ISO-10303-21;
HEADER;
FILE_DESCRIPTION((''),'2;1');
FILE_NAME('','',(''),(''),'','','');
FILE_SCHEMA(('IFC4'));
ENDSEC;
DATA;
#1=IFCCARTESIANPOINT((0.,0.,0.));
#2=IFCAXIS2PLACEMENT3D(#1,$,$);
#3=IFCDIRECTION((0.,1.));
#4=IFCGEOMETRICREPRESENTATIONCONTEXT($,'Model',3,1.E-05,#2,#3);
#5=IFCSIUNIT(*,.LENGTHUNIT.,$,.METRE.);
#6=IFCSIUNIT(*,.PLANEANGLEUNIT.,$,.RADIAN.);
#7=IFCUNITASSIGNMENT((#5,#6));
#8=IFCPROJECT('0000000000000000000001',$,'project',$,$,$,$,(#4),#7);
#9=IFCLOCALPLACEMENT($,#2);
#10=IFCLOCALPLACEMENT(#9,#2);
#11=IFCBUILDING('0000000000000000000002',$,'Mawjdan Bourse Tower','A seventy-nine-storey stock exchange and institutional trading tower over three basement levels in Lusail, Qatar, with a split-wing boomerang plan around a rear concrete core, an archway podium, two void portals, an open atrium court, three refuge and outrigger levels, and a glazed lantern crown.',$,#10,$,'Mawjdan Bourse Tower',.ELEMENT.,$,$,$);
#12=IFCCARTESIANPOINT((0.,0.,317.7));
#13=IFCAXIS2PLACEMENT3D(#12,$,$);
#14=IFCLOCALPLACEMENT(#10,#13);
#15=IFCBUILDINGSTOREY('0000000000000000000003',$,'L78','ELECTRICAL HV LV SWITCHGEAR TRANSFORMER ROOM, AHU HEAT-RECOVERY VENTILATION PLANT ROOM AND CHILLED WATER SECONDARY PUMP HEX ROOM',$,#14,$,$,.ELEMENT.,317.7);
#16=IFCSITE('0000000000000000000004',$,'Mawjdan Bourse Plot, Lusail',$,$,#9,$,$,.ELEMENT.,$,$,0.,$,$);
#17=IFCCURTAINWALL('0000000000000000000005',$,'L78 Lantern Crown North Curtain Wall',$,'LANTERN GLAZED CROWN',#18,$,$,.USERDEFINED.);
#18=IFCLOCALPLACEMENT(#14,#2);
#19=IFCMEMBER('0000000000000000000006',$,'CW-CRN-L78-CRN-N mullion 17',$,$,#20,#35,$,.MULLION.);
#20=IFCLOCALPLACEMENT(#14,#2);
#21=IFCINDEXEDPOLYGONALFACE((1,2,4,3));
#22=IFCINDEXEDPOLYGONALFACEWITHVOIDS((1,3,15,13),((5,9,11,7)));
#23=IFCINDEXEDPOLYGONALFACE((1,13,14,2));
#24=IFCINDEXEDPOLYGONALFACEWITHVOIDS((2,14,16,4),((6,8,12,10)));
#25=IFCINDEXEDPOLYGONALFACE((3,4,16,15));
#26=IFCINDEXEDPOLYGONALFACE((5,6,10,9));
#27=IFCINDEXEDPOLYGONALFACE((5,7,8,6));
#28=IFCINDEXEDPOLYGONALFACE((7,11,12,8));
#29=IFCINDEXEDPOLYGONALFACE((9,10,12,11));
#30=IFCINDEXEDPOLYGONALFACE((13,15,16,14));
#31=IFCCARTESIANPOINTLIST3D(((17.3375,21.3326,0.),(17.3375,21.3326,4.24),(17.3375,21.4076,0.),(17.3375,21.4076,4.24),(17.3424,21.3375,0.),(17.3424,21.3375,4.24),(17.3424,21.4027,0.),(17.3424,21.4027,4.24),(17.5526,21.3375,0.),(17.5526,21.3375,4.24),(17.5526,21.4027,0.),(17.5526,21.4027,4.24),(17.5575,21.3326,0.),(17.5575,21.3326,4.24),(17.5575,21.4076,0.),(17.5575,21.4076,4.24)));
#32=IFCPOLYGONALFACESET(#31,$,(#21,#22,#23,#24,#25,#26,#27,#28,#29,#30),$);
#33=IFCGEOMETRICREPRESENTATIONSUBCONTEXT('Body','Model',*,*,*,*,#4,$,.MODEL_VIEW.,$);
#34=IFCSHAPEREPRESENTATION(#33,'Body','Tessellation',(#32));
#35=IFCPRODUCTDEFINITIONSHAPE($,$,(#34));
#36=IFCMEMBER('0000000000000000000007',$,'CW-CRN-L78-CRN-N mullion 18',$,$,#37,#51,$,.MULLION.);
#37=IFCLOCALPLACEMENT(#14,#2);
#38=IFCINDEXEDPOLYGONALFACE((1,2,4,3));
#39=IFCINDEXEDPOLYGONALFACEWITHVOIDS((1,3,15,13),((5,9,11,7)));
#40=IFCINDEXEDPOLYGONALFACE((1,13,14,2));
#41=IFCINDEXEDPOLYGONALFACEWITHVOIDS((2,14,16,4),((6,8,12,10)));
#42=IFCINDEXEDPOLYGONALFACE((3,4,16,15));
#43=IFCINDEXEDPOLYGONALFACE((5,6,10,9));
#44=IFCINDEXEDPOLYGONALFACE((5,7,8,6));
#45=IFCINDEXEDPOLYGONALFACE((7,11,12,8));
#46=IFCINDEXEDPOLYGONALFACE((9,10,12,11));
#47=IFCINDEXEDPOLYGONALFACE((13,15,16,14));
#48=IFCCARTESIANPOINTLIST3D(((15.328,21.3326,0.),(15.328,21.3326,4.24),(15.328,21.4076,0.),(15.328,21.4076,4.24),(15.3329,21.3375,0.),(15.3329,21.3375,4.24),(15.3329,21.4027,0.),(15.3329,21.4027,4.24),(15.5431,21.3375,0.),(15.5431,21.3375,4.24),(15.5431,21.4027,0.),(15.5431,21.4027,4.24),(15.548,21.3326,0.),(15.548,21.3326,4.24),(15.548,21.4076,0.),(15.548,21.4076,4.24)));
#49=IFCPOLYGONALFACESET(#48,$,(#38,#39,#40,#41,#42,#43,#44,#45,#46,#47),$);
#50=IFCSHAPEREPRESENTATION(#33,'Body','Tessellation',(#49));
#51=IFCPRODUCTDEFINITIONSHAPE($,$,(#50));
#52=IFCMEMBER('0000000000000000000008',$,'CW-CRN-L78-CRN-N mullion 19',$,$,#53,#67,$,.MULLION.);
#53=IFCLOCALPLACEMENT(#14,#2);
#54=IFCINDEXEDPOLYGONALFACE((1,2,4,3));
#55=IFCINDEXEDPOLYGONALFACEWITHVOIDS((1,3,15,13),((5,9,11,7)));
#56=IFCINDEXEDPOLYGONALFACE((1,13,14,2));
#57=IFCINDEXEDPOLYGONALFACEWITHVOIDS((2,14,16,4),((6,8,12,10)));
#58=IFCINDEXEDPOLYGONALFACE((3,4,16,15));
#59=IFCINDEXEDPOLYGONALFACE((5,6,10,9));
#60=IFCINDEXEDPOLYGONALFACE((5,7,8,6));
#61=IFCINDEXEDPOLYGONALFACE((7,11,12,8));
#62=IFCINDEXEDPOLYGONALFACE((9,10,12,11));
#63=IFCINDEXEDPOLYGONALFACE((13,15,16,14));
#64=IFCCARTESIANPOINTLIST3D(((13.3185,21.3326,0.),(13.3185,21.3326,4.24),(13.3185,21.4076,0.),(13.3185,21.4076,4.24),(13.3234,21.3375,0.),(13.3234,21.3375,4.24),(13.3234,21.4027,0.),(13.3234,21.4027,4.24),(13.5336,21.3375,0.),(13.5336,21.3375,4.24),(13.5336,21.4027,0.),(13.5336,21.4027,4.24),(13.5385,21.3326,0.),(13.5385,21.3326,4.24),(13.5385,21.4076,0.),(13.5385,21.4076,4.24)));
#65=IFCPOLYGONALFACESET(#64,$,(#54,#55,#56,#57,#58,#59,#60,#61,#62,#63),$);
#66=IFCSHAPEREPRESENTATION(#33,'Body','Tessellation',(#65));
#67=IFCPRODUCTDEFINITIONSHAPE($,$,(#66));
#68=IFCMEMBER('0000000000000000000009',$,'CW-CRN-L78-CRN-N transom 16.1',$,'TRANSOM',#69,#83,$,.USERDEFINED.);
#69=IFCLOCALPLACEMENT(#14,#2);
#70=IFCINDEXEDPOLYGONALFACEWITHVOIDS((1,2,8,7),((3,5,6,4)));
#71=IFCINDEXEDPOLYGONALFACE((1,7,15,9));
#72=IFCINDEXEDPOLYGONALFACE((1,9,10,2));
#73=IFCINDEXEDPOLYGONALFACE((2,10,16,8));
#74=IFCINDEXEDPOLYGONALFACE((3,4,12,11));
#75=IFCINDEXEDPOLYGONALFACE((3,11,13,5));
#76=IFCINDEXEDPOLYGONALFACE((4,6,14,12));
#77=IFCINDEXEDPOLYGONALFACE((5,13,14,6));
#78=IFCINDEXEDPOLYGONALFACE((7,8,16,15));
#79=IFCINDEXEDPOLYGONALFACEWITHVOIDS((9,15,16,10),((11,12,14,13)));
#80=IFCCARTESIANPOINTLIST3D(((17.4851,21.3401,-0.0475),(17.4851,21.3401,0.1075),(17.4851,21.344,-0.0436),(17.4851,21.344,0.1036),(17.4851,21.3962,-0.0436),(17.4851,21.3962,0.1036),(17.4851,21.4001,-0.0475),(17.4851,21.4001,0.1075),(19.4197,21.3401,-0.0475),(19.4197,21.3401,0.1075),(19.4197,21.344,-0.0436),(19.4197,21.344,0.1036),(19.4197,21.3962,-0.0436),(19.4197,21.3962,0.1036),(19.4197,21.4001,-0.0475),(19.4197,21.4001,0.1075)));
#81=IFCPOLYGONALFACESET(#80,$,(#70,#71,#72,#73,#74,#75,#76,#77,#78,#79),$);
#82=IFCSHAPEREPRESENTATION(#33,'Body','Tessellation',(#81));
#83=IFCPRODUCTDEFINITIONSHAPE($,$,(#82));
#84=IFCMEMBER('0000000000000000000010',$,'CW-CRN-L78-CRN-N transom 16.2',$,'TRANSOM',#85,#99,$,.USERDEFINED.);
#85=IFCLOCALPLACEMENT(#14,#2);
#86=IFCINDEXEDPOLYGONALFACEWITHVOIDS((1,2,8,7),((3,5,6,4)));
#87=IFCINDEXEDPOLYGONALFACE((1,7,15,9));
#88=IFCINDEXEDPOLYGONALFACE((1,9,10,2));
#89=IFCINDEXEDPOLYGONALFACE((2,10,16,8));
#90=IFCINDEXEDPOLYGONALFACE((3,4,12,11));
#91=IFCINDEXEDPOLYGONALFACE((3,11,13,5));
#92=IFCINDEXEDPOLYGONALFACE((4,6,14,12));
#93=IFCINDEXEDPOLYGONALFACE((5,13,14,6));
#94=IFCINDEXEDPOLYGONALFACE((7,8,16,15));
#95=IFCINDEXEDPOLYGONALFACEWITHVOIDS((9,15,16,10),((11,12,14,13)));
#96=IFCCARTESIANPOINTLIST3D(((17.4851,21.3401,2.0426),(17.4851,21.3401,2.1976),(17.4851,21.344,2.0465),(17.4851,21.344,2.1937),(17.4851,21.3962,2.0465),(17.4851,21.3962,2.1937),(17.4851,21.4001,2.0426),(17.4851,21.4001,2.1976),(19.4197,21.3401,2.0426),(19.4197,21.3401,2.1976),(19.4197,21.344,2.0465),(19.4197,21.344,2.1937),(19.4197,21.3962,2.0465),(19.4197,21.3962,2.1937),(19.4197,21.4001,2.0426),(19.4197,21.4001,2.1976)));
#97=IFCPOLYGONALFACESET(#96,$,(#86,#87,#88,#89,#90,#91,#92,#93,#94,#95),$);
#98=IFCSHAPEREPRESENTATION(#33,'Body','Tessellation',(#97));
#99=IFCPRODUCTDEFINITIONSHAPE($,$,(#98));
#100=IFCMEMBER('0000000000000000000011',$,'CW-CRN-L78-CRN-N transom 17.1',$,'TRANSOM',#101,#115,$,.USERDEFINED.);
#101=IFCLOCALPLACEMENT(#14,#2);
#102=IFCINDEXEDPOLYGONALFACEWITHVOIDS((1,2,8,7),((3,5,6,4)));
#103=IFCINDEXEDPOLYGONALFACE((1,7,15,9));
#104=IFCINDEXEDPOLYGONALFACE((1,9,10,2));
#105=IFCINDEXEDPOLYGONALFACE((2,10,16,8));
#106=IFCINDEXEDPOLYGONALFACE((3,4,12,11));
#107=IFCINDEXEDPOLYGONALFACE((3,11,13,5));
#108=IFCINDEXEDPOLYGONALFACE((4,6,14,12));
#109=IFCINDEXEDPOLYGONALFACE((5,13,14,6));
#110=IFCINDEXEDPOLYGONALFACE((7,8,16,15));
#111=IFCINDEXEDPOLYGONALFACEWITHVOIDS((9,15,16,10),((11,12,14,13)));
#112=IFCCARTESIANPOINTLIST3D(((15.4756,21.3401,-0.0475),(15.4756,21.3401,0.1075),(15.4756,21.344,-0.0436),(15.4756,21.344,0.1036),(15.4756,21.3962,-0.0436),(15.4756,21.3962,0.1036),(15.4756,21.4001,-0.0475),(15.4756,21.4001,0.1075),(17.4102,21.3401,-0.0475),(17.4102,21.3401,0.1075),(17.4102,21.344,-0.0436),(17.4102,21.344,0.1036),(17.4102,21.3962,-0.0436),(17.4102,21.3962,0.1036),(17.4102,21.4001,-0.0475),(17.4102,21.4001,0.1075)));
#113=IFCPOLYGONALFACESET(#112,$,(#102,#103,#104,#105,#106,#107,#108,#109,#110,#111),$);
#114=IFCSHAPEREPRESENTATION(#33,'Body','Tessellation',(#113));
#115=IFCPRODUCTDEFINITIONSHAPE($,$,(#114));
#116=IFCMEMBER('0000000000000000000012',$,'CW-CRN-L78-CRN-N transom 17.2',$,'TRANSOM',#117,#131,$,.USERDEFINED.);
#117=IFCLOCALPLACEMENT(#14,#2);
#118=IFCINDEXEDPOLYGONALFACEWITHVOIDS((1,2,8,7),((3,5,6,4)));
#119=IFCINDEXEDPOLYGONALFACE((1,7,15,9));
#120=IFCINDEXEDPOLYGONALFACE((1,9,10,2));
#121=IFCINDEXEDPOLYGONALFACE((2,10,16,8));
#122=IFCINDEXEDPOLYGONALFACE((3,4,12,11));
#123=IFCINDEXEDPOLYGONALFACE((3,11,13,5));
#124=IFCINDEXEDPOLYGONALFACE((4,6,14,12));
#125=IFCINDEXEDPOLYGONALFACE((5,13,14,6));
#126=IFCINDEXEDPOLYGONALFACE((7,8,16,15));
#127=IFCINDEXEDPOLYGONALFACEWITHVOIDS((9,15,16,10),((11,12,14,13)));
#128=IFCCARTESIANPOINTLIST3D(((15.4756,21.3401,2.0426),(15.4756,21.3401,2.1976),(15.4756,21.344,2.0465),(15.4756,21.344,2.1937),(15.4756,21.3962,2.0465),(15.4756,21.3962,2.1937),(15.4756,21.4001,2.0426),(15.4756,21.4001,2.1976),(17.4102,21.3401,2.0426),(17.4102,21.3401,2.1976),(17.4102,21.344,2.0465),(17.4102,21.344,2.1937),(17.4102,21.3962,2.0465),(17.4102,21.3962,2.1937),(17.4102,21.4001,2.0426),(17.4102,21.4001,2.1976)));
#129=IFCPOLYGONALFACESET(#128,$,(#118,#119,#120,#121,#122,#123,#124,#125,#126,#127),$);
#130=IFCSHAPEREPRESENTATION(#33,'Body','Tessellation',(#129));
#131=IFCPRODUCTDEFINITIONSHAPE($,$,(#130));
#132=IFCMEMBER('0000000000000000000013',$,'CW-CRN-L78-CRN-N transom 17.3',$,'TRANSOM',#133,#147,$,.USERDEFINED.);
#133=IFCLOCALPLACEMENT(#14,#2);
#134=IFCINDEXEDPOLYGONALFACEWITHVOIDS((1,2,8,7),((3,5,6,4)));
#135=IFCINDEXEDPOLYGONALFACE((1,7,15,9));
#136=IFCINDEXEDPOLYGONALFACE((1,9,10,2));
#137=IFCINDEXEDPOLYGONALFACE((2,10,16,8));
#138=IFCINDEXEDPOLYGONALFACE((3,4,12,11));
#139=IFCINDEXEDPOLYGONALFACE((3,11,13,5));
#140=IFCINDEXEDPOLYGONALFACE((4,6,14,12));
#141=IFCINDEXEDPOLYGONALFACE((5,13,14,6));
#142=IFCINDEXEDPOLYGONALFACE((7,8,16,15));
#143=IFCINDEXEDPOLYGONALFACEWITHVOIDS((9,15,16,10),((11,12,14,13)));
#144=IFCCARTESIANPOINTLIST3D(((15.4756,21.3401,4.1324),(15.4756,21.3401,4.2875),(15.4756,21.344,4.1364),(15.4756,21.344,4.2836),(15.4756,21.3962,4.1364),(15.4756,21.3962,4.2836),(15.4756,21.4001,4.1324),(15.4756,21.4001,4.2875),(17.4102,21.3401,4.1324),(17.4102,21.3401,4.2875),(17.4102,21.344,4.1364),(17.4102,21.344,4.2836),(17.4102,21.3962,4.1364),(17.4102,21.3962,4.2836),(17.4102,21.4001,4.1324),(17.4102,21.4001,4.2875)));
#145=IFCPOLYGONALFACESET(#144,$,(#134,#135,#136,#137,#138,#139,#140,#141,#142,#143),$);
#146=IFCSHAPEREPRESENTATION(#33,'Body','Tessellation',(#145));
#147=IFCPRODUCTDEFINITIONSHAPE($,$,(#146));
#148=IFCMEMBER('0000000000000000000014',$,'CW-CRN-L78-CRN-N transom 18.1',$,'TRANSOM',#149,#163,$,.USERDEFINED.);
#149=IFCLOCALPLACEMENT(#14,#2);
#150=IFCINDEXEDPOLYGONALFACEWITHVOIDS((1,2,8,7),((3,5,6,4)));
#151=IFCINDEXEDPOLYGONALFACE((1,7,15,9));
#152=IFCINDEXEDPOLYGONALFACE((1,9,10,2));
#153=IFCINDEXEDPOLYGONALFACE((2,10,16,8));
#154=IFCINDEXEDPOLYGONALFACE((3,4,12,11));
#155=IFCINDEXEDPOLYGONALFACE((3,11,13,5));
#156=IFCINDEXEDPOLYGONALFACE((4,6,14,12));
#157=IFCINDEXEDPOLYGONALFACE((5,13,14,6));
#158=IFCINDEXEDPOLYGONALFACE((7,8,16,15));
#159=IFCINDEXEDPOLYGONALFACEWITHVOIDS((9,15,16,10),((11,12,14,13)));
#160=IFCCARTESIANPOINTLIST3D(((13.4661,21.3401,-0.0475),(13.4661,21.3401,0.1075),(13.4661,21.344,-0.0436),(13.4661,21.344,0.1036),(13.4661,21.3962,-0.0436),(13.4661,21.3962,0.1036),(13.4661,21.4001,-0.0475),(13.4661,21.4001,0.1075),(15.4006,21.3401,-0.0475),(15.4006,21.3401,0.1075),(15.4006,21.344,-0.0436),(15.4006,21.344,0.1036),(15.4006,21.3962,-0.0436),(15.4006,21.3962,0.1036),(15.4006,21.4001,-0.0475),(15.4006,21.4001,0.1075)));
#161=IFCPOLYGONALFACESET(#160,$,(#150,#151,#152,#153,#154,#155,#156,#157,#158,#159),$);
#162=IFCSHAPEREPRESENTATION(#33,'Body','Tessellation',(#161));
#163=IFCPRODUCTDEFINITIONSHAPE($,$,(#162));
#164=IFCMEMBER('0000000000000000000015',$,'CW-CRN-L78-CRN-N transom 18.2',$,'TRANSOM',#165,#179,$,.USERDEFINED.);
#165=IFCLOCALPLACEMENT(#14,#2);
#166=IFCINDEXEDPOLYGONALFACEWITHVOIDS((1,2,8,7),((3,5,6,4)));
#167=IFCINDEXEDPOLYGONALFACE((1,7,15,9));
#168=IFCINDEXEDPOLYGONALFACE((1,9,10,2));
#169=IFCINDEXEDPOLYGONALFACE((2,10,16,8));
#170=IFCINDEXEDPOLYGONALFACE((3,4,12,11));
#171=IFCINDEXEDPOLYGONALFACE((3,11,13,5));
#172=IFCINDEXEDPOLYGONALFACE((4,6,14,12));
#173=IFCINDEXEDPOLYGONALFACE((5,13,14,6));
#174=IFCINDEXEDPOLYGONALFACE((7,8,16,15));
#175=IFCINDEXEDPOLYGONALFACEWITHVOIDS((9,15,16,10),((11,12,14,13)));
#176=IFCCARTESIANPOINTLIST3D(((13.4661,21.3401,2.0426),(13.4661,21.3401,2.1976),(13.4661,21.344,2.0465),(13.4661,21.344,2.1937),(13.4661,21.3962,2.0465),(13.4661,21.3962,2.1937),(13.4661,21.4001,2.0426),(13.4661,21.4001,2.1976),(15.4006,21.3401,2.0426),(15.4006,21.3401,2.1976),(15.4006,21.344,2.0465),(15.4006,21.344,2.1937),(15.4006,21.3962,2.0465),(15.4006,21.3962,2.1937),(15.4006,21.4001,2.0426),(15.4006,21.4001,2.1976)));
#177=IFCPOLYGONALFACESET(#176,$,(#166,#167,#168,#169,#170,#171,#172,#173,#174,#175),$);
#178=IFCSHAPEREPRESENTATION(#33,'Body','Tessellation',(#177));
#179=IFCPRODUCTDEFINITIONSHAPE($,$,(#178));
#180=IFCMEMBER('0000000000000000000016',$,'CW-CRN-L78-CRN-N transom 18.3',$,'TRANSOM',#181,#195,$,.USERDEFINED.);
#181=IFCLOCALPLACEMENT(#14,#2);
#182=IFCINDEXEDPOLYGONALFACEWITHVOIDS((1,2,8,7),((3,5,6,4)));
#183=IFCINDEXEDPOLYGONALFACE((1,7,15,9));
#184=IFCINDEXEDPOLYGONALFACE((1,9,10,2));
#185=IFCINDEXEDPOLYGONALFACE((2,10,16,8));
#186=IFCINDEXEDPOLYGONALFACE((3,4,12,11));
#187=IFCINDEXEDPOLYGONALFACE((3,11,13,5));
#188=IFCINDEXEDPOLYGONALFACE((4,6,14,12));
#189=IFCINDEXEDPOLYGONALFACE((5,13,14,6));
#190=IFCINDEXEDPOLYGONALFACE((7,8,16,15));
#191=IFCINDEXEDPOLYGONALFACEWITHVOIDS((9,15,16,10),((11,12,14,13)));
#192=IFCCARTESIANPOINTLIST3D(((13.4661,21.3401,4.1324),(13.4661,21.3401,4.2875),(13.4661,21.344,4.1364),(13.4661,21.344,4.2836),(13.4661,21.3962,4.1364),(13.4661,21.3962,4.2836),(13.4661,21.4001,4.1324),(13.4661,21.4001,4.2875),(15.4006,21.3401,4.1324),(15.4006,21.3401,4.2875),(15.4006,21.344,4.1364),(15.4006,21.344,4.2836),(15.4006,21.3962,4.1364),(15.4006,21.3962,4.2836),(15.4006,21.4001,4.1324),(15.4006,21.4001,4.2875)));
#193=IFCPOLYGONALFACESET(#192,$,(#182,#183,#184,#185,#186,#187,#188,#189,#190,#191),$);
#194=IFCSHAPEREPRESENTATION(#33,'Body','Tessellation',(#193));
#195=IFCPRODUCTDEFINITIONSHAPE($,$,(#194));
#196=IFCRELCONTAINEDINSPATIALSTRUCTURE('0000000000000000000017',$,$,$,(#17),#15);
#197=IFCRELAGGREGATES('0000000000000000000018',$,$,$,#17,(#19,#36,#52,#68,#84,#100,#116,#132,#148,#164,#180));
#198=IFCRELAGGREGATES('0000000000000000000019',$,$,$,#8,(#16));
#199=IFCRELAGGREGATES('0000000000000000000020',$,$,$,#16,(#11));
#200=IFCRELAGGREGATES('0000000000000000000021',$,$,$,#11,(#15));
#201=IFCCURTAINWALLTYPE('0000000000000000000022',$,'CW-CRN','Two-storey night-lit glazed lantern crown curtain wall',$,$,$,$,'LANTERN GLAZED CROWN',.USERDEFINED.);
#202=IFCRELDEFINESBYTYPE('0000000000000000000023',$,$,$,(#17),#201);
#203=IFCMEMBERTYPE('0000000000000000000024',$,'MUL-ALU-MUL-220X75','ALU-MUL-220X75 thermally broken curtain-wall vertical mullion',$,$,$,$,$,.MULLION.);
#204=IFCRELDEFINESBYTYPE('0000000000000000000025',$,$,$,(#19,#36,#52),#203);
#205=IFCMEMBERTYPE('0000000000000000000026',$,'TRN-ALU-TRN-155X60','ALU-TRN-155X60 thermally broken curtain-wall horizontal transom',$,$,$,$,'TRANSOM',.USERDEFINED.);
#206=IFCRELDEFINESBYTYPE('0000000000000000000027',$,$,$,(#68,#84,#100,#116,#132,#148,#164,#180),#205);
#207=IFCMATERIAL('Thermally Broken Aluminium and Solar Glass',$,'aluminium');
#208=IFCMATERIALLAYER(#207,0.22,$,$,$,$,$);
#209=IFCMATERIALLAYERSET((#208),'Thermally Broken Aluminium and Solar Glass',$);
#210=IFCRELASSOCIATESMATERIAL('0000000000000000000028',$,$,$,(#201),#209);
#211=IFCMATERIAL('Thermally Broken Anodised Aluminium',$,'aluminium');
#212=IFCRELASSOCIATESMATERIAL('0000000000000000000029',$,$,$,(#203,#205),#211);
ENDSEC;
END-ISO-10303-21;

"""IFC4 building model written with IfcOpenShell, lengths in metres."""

from ifc_helpers import new_model, si_unit, direction, frame, origin, origin_2d, place, context, subcontext, project, spatial, hollow_rectangle, extrude, material, layer, layer_set, material_profile, profile_set, type_object, element, aggregate, save


model = new_model("IFC4")

# Units and contexts
model_context = context("Model", 3, precision=1e-05, world=origin(), true_north=direction((0.0, 1.0)))
body_context = subcontext(model_context, "Body", "Model", "MODEL_VIEW")
ifc_project = project(units=[si_unit("LENGTHUNIT", "METRE"), si_unit("PLANEANGLEUNIT", "RADIAN")], contexts=[model_context])

# Site, building, storey
site_placement = place(None, origin())
site = spatial("IfcSite", under=ifc_project, at=site_placement, Name="Mawjdan Bourse Plot, Lusail", CompositionType="ELEMENT", RefElevation=0.0)
building_placement = place(site_placement, origin())
building = spatial("IfcBuilding", under=site, at=building_placement, Name="Mawjdan Bourse Tower", Description="A seventy-nine-storey stock exchange and institutional trading tower over three basement levels in Lusail, Qatar, with a split-wing boomerang plan around a rear concrete core, an archway podium, two void portals, an open atrium court, three refuge and outrigger levels, and a glazed lantern crown.", LongName="Mawjdan Bourse Tower", CompositionType="ELEMENT")
storey_placement = place(building_placement, frame((0.0, 0.0, 317.7)))
storey = spatial("IfcBuildingStorey", under=building, at=storey_placement, Name="L78", Description="ELECTRICAL HV LV SWITCHGEAR TRANSFORMER ROOM, AHU HEAT-RECOVERY VENTILATION PLANT ROOM AND CHILLED WATER SECONDARY PUMP HEX ROOM", CompositionType="ELEMENT", Elevation=317.7)

# Curtain wall, members
ifc_material_1 = material(Name="Thermally Broken Aluminium and Solar Glass", Category="aluminium")
ifc_layer_1 = layer(ifc_material_1, 0.22)
ifc_layer_set_1 = layer_set([ifc_layer_1], Name="Thermally Broken Aluminium and Solar Glass")
curtain_wall_type = type_object("IfcCurtainWallType", Name="CW-CRN", Description="Two-storey night-lit glazed lantern crown curtain wall", ElementType="LANTERN GLAZED CROWN", PredefinedType="USERDEFINED", material=ifc_layer_set_1)
curtain_wall_placement = place(storey_placement, origin())
curtain_wall = element("IfcCurtainWall", 1, at=curtain_wall_placement, inside=storey, type_object=curtain_wall_type, Name="L78 Lantern Crown North Curtain Wall", ObjectType="LANTERN GLAZED CROWN", PredefinedType="USERDEFINED")
ifc_material_2 = material(Name="Thermally Broken Anodised Aluminium", Category="aluminium")
ifc_material_profile_1 = material_profile(ifc_material_2, hollow_rectangle(XDim=0.075, YDim=0.22, WallThickness=0.0049, at=origin_2d()), Name="ALU-MUL-220X75")
ifc_profile_set_1 = profile_set([ifc_material_profile_1], Name="Thermally Broken Anodised Aluminium")
member_type_1 = type_object("IfcMemberType", Name="MUL-ALU-MUL-220X75", Description="ALU-MUL-220X75 thermally broken curtain-wall vertical mullion", PredefinedType="MULLION", material=ifc_profile_set_1)
member_1_placement = place(storey_placement, frame((17.4475, 21.3701, 0.0), z_axis=(0.0, 0.0, 1.0), x_axis=(0.0, -1.0, 0.0)))
member_1 = element("IfcMember", 2, at=member_1_placement, type_object=member_type_1, Name="CW-CRN-L78-CRN-N mullion 17", PredefinedType="MULLION", context=body_context, shape_type="SweptSolid", body=[
    extrude(hollow_rectangle(XDim=0.075, YDim=0.22, WallThickness=0.0049, at=origin_2d()), origin(), (0.0, 0.0, 1.0), 4.24),
])
member_2_placement = place(storey_placement, frame((15.438, 21.3701, 0.0), z_axis=(0.0, 0.0, 1.0), x_axis=(0.0, -1.0, 0.0)))
member_2 = element("IfcMember", 3, at=member_2_placement, type_object=member_type_1, Name="CW-CRN-L78-CRN-N mullion 18", PredefinedType="MULLION", context=body_context, shape_type="SweptSolid", body=[
    extrude(hollow_rectangle(XDim=0.075, YDim=0.22, WallThickness=0.0049, at=origin_2d()), origin(), (0.0, 0.0, 1.0), 4.24),
])
member_3_placement = place(storey_placement, frame((13.4285, 21.3701, 0.0), z_axis=(0.0, 0.0, 1.0), x_axis=(0.0, -1.0, 0.0)))
member_3 = element("IfcMember", 4, at=member_3_placement, type_object=member_type_1, Name="CW-CRN-L78-CRN-N mullion 19", PredefinedType="MULLION", context=body_context, shape_type="SweptSolid", body=[
    extrude(hollow_rectangle(XDim=0.075, YDim=0.22, WallThickness=0.0049, at=origin_2d()), origin(), (0.0, 0.0, 1.0), 4.24),
])
ifc_material_profile_2 = material_profile(ifc_material_2, hollow_rectangle(XDim=0.0601, YDim=0.155, WallThickness=0.0039, at=origin_2d()), Name="ALU-TRN-155X60")
ifc_profile_set_2 = profile_set([ifc_material_profile_2], Name="Thermally Broken Anodised Aluminium")
member_type_2 = type_object("IfcMemberType", Name="TRN-ALU-TRN-155X60", Description="ALU-TRN-155X60 thermally broken curtain-wall horizontal transom", ElementType="TRANSOM", PredefinedType="USERDEFINED", material=ifc_profile_set_2)
member_4_placement = place(storey_placement, frame((19.4197, 21.3701, 0.03), z_axis=(-1.0, 0.0, 0.0), x_axis=(0.0, -1.0, 0.0)))
member_4 = element("IfcMember", 5, at=member_4_placement, type_object=member_type_2, Name="CW-CRN-L78-CRN-N transom 16.1", ObjectType="TRANSOM", PredefinedType="USERDEFINED", context=body_context, shape_type="SweptSolid", body=[
    extrude(hollow_rectangle(XDim=0.0601, YDim=0.155, WallThickness=0.0039, at=origin_2d()), origin(), (0.0, 0.0, 1.0), 1.9346),
])
member_5_placement = place(storey_placement, frame((19.4197, 21.3701, 2.1201), z_axis=(-1.0, 0.0, 0.0), x_axis=(0.0, -1.0, 0.0)))
member_5 = element("IfcMember", 6, at=member_5_placement, type_object=member_type_2, Name="CW-CRN-L78-CRN-N transom 16.2", ObjectType="TRANSOM", PredefinedType="USERDEFINED", context=body_context, shape_type="SweptSolid", body=[
    extrude(hollow_rectangle(XDim=0.0601, YDim=0.155, WallThickness=0.0039, at=origin_2d()), origin(), (0.0, 0.0, 1.0), 1.9346),
])
member_6_placement = place(storey_placement, frame((17.4102, 21.3701, 0.03), z_axis=(-1.0, 0.0, 0.0), x_axis=(0.0, -1.0, 0.0)))
member_6 = element("IfcMember", 7, at=member_6_placement, type_object=member_type_2, Name="CW-CRN-L78-CRN-N transom 17.1", ObjectType="TRANSOM", PredefinedType="USERDEFINED", context=body_context, shape_type="SweptSolid", body=[
    extrude(hollow_rectangle(XDim=0.0601, YDim=0.155, WallThickness=0.0039, at=origin_2d()), origin(), (0.0, 0.0, 1.0), 1.9346),
])
member_7_placement = place(storey_placement, frame((17.4102, 21.3701, 2.1201), z_axis=(-1.0, 0.0, 0.0), x_axis=(0.0, -1.0, 0.0)))
member_7 = element("IfcMember", 8, at=member_7_placement, type_object=member_type_2, Name="CW-CRN-L78-CRN-N transom 17.2", ObjectType="TRANSOM", PredefinedType="USERDEFINED", context=body_context, shape_type="SweptSolid", body=[
    extrude(hollow_rectangle(XDim=0.0601, YDim=0.155, WallThickness=0.0039, at=origin_2d()), origin(), (0.0, 0.0, 1.0), 1.9346),
])
member_8_placement = place(storey_placement, frame((17.4102, 21.3701, 4.21), z_axis=(-1.0, 0.0, 0.0), x_axis=(0.0, -1.0, 0.0)))
member_8 = element("IfcMember", 9, at=member_8_placement, type_object=member_type_2, Name="CW-CRN-L78-CRN-N transom 17.3", ObjectType="TRANSOM", PredefinedType="USERDEFINED", context=body_context, shape_type="SweptSolid", body=[
    extrude(hollow_rectangle(XDim=0.0601, YDim=0.155, WallThickness=0.0039, at=origin_2d()), origin(), (0.0, 0.0, 1.0), 1.9346),
])
member_9_placement = place(storey_placement, frame((15.4006, 21.3701, 0.03), z_axis=(-1.0, 0.0, 0.0), x_axis=(0.0, -1.0, 0.0)))
member_9 = element("IfcMember", 10, at=member_9_placement, type_object=member_type_2, Name="CW-CRN-L78-CRN-N transom 18.1", ObjectType="TRANSOM", PredefinedType="USERDEFINED", context=body_context, shape_type="SweptSolid", body=[
    extrude(hollow_rectangle(XDim=0.0601, YDim=0.155, WallThickness=0.0039, at=origin_2d()), origin(), (0.0, 0.0, 1.0), 1.9346),
])
member_10_placement = place(storey_placement, frame((15.4006, 21.3701, 2.1201), z_axis=(-1.0, 0.0, 0.0), x_axis=(0.0, -1.0, 0.0)))
member_10 = element("IfcMember", 11, at=member_10_placement, type_object=member_type_2, Name="CW-CRN-L78-CRN-N transom 18.2", ObjectType="TRANSOM", PredefinedType="USERDEFINED", context=body_context, shape_type="SweptSolid", body=[
    extrude(hollow_rectangle(XDim=0.0601, YDim=0.155, WallThickness=0.0039, at=origin_2d()), origin(), (0.0, 0.0, 1.0), 1.9346),
])
member_11_placement = place(storey_placement, frame((15.4006, 21.3701, 4.21), z_axis=(-1.0, 0.0, 0.0), x_axis=(0.0, -1.0, 0.0)))
member_11 = element("IfcMember", 12, at=member_11_placement, type_object=member_type_2, Name="CW-CRN-L78-CRN-N transom 18.3", ObjectType="TRANSOM", PredefinedType="USERDEFINED", context=body_context, shape_type="SweptSolid", body=[
    extrude(hollow_rectangle(XDim=0.0601, YDim=0.155, WallThickness=0.0039, at=origin_2d()), origin(), (0.0, 0.0, 1.0), 1.9346),
])
aggregate(curtain_wall, [member_1, member_2, member_3, member_4, member_5, member_6, member_7, member_8, member_9, member_10, member_11])

save(model, "model.ifc")
